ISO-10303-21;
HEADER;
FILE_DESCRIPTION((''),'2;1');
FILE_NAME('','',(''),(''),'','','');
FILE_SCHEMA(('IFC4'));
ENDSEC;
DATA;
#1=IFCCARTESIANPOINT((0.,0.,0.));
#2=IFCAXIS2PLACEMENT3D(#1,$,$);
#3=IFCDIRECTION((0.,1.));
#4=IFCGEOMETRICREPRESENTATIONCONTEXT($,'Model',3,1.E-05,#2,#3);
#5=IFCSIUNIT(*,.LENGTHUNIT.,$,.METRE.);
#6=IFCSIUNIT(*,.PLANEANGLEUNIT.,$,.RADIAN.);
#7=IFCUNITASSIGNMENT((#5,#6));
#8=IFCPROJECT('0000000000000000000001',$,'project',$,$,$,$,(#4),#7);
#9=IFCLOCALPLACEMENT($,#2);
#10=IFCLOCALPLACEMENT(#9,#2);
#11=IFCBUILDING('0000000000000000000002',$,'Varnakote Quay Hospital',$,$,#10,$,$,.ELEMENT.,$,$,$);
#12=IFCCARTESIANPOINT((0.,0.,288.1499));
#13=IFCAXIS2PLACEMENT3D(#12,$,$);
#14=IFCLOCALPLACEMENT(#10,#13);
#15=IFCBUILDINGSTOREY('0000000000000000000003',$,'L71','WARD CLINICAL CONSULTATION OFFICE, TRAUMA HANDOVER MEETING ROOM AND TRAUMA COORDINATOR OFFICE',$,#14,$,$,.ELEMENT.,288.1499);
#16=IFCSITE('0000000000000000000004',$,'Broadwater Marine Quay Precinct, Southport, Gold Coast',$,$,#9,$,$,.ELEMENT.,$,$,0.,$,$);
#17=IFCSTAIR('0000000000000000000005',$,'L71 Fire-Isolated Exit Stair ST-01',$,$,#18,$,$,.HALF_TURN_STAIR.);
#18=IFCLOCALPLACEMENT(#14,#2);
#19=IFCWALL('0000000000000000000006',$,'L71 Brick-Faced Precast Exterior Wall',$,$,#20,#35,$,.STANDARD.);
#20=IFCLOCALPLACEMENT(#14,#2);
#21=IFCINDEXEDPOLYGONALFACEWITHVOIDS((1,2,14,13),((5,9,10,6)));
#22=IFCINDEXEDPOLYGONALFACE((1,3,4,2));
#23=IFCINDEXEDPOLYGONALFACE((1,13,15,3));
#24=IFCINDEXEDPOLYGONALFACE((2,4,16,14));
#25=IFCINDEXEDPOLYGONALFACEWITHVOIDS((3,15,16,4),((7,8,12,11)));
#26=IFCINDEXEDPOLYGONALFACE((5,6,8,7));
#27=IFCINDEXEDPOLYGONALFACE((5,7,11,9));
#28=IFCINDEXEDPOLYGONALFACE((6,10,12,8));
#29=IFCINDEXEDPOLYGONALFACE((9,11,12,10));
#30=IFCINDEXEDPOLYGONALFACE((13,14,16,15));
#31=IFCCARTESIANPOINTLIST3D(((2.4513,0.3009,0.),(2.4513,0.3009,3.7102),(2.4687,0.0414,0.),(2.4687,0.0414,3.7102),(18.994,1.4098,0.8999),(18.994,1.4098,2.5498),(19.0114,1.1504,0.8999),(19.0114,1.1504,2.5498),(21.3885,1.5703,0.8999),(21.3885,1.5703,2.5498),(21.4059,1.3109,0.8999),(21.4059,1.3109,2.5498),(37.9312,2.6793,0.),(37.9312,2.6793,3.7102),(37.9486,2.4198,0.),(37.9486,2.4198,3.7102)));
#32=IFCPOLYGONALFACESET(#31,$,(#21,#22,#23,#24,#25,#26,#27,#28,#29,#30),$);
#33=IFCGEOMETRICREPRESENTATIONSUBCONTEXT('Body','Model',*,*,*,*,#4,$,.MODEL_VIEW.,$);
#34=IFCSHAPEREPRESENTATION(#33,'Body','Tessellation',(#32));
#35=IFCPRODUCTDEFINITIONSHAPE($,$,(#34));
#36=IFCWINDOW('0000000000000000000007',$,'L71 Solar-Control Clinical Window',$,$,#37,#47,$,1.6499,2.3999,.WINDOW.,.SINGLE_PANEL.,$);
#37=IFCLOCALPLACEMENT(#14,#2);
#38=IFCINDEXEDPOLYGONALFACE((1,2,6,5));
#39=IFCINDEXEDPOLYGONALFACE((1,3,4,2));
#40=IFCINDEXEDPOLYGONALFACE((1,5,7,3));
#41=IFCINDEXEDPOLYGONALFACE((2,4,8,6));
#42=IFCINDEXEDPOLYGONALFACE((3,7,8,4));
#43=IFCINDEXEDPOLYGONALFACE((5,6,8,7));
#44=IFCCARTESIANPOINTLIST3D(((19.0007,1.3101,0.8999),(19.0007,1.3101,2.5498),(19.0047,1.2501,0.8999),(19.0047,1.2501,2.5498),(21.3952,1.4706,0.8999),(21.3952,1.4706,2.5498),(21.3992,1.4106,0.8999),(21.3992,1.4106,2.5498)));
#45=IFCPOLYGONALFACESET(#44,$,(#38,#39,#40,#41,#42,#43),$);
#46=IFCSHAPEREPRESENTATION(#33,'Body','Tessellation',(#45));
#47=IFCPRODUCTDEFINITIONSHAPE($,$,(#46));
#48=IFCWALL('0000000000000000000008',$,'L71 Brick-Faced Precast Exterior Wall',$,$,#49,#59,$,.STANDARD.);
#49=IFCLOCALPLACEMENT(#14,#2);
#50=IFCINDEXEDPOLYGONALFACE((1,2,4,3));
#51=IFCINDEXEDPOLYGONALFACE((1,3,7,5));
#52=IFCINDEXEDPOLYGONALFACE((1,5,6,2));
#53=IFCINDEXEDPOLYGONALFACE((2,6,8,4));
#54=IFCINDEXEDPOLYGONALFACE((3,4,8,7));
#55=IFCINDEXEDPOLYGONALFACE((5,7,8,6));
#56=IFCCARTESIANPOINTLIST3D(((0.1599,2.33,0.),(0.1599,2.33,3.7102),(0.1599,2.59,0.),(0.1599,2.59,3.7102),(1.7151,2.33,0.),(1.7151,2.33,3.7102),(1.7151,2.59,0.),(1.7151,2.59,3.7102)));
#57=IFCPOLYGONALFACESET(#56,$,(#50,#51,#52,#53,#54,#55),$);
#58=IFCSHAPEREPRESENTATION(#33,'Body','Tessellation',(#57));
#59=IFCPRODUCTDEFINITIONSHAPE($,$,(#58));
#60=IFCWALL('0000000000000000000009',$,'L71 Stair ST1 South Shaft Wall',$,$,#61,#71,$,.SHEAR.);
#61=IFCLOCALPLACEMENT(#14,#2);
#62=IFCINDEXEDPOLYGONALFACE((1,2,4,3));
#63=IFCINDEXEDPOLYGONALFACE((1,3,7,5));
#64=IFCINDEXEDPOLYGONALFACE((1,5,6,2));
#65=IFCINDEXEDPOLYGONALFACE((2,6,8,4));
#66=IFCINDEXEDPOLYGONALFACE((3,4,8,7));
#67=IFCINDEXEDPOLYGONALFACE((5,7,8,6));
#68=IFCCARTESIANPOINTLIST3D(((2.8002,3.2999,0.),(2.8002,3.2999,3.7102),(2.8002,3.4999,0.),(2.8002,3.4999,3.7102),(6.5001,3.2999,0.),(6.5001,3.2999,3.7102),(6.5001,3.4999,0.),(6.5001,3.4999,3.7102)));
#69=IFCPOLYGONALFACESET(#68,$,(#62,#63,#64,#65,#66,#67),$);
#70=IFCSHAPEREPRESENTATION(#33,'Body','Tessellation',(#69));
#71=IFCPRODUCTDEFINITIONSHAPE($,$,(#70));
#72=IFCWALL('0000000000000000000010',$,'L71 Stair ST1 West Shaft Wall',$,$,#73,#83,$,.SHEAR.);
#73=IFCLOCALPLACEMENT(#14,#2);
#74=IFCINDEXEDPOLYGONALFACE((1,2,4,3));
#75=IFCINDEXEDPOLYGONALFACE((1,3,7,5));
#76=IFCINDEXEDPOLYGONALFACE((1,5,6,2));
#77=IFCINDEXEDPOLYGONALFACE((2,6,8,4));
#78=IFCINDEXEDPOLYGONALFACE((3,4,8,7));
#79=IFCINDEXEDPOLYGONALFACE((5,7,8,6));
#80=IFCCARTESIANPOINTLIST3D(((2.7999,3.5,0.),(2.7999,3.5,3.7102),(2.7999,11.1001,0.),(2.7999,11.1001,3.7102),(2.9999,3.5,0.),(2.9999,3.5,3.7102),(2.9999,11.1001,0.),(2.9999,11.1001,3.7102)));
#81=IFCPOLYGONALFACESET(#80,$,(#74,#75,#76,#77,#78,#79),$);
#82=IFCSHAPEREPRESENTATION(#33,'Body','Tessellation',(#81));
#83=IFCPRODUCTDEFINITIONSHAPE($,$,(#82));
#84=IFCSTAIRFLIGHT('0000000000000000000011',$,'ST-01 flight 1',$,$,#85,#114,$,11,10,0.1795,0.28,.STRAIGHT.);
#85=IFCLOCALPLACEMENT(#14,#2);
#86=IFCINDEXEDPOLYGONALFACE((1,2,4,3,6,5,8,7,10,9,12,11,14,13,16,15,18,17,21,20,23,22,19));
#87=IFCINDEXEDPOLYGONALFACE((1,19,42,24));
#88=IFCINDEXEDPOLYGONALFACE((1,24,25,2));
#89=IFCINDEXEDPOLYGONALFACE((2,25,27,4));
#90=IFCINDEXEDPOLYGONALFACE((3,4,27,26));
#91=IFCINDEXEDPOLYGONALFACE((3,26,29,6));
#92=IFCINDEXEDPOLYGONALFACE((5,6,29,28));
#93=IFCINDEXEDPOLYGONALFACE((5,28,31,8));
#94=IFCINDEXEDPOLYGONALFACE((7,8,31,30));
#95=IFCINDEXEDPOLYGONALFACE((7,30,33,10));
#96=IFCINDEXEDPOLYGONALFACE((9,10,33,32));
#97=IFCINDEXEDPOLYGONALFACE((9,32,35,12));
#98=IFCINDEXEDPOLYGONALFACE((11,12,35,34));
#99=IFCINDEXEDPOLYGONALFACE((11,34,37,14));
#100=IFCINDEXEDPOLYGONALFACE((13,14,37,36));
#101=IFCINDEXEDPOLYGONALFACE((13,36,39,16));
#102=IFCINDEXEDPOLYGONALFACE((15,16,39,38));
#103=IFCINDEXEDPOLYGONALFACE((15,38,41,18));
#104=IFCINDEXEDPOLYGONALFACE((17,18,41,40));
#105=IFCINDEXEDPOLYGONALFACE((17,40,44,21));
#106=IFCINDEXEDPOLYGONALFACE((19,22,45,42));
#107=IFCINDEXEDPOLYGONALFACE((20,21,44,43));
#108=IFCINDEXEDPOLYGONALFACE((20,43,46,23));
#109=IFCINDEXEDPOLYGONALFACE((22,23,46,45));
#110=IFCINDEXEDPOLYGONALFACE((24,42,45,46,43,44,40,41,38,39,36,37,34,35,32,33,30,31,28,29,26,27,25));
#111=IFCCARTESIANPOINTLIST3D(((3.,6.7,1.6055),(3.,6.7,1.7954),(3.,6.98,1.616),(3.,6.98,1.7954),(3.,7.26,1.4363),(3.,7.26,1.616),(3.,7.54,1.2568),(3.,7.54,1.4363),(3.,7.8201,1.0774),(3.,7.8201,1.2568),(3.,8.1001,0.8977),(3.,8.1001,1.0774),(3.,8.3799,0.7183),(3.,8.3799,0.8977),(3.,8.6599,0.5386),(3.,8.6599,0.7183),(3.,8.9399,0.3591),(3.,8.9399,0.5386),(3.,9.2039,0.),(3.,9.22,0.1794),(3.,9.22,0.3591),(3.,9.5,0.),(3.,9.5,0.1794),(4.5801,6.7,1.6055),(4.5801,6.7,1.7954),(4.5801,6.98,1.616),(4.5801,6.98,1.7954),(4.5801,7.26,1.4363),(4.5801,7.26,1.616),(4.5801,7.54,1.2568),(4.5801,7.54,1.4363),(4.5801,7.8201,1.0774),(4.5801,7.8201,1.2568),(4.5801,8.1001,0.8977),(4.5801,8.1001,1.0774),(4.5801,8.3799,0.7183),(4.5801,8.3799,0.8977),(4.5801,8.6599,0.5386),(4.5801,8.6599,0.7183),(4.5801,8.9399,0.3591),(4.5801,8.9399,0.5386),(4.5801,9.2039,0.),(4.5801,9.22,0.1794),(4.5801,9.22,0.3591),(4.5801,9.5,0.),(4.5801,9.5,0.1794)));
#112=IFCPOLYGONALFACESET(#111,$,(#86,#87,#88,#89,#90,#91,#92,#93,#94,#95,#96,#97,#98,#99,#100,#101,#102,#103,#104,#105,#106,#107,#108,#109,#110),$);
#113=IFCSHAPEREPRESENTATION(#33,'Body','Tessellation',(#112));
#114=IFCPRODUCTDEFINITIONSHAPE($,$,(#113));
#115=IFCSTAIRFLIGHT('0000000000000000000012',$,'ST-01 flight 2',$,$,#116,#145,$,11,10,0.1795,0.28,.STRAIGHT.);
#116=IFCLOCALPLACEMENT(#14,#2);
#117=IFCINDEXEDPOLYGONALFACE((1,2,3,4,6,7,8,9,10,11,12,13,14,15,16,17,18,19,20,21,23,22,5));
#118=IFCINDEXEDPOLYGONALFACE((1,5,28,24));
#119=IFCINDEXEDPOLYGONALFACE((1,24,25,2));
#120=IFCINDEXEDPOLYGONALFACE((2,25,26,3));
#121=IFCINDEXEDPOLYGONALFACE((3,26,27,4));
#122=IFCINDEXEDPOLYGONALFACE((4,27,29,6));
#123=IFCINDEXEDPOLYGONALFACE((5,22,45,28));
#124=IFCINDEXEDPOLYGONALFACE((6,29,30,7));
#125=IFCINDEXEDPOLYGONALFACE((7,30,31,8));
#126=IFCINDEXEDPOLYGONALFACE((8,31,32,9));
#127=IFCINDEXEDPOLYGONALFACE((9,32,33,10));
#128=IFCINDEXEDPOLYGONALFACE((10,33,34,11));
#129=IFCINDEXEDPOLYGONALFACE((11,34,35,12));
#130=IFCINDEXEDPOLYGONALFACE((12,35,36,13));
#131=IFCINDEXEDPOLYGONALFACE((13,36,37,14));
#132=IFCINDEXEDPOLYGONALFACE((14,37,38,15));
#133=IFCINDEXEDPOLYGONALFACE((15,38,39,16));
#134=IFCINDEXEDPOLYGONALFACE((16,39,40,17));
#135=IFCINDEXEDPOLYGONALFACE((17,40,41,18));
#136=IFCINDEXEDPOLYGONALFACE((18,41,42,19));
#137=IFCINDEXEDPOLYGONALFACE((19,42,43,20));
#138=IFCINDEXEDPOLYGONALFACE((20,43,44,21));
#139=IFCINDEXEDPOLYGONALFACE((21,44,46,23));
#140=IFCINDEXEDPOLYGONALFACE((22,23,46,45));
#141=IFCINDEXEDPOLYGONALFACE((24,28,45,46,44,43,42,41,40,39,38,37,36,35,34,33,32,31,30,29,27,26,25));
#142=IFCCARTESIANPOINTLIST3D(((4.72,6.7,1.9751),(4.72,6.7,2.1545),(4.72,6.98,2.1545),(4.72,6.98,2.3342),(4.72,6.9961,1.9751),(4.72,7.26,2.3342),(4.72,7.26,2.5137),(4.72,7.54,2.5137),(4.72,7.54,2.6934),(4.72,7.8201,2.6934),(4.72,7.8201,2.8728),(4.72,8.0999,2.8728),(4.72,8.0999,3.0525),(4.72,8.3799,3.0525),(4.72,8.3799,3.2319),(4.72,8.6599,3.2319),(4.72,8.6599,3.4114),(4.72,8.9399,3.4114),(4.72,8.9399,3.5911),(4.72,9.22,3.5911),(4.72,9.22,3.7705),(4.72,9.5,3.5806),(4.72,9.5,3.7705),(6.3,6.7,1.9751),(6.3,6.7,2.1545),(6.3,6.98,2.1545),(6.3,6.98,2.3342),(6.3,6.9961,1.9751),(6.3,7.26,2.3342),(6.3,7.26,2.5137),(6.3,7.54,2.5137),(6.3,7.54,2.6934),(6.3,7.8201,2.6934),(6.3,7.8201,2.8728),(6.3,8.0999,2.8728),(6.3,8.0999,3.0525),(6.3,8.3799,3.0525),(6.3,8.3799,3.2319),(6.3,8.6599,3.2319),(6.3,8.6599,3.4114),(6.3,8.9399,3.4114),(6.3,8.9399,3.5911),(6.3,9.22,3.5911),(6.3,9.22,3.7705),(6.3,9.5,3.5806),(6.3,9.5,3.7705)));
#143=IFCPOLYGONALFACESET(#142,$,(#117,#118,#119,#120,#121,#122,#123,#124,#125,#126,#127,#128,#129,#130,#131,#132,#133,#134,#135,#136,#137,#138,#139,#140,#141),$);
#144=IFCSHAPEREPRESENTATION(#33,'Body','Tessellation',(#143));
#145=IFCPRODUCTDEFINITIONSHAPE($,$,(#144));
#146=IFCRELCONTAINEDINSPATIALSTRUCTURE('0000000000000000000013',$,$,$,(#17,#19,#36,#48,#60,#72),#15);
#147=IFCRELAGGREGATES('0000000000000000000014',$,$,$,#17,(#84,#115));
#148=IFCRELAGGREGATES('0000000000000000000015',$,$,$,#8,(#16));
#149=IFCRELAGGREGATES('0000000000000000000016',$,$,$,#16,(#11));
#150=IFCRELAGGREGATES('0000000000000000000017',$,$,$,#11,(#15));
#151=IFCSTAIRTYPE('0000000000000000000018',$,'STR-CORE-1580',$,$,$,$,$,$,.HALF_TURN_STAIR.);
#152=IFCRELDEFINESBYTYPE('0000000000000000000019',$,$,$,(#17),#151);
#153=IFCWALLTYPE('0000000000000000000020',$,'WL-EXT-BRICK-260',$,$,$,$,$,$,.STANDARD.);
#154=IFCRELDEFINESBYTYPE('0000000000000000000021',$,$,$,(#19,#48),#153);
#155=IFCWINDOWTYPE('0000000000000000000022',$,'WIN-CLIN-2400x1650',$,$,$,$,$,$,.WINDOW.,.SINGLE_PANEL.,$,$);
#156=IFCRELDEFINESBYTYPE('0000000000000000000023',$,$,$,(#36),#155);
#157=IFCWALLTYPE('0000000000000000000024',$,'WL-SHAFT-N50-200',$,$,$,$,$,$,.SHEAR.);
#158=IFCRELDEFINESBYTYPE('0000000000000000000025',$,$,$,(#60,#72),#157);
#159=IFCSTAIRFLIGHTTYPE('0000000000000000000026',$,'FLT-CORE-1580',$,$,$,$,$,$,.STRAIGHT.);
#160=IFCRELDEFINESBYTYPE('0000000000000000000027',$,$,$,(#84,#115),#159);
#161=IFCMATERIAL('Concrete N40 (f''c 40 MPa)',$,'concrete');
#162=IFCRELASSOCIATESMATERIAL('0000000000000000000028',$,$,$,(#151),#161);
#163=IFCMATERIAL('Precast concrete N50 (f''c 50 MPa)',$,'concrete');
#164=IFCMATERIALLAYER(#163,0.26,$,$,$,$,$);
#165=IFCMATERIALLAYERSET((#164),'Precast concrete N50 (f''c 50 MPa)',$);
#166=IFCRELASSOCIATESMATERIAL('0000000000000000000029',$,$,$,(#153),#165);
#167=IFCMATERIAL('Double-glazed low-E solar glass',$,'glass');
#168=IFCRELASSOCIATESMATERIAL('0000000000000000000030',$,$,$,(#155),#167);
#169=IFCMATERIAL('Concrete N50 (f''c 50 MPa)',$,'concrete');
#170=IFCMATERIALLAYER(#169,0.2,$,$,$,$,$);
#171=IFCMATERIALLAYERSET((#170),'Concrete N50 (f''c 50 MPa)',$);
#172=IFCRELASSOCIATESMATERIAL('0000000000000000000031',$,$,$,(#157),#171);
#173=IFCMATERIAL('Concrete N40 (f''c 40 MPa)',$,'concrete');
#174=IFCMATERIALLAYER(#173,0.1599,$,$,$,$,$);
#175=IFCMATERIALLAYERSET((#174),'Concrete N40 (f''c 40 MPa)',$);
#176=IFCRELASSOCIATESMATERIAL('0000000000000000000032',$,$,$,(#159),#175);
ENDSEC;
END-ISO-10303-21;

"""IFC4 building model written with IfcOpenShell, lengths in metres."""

from ifc_helpers import new_model, si_unit, direction, frame, frame_2d, origin, place, context, subcontext, project, spatial, polyline, rectangle, outline, extrude, material, layer, layer_set, type_object, element, fill, aggregate, save


model = new_model("IFC4")

# Units and contexts
model_context = context("Model", 3, precision=1e-05, world=origin(), true_north=direction((0.0, 1.0)))
body_context = subcontext(model_context, "Body", "Model", "MODEL_VIEW")
ifc_project = project(units=[si_unit("LENGTHUNIT", "METRE"), si_unit("PLANEANGLEUNIT", "RADIAN")], contexts=[model_context])

# Site, building, storey
site_placement = place(None, origin())
site = spatial("IfcSite", under=ifc_project, at=site_placement, Name="Broadwater Marine Quay Precinct, Southport, Gold Coast", CompositionType="ELEMENT", RefElevation=0.0)
building_placement = place(site_placement, origin())
building = spatial("IfcBuilding", under=site, at=building_placement, Name="Varnakote Quay Hospital", CompositionType="ELEMENT")
storey_placement = place(building_placement, frame((0.0, 0.0, 288.1499)))
storey = spatial("IfcBuildingStorey", under=building, at=storey_placement, Name="L71", Description="WARD CLINICAL CONSULTATION OFFICE, TRAUMA HANDOVER MEETING ROOM AND TRAUMA COORDINATOR OFFICE", CompositionType="ELEMENT", Elevation=288.1499)

# Stair
ifc_material_1 = material(Name="Concrete N40 (f'c 40 MPa)", Category="concrete")
stair_type = type_object("IfcStairType", Name="STR-CORE-1580", PredefinedType="HALF_TURN_STAIR", material=ifc_material_1)
stair_1_placement = place(storey_placement, origin())
stair_1 = element("IfcStair", 1, at=stair_1_placement, inside=storey, type_object=stair_type, Name="L71 Fire-Isolated Exit Stair ST-01", PredefinedType="HALF_TURN_STAIR")

# Shared definitions
ifc_material_2 = material(Name="Precast concrete N50 (f'c 50 MPa)", Category="concrete")
ifc_layer_1 = layer(ifc_material_2, 0.26)
ifc_layer_set_1 = layer_set([ifc_layer_1], Name="Precast concrete N50 (f'c 50 MPa)")
wall_type_1 = type_object("IfcWallType", Name="WL-EXT-BRICK-260", PredefinedType="STANDARD", material=ifc_layer_set_1)

# Wall, opening, window
wall_1_placement = place(storey_placement, frame((2.46, 0.1711, 0.0), z_axis=(0.0, 0.0, 1.0), x_axis=(0.997761, 0.066885, 0.0)))
wall_1 = element("IfcWall", 2, at=wall_1_placement, inside=storey, type_object=wall_type_1, Name="L71 Brick-Faced Precast Exterior Wall", PredefinedType="STANDARD", context=body_context, shape_type="SweptSolid", body=[
    extrude(rectangle(XDim=35.5596, YDim=0.26, at=frame_2d((17.7798, 0.0))), origin(), (0.0, 0.0, 1.0), 3.7102),
])
opening_1_placement = place(wall_1_placement, frame((16.5798, 0.0, 0.8999)))
opening_1 = element("IfcOpeningElement", 3, at=opening_1_placement, cuts=wall_1, PredefinedType="OPENING", context=body_context, shape_type="SweptSolid", body=[
    extrude(rectangle(XDim=2.3999, YDim=1.6499, at=frame_2d((1.2, 0.825))), frame((0.0, 0.1399, 0.0), z_axis=(0.0, -1.0, 0.0), x_axis=(1.0, 0.0, 0.0)), (0.0, 0.0, 1.0), 0.28),
])
ifc_material_3 = material(Name="Double-glazed low-E solar glass", Category="glass")
window_type = type_object("IfcWindowType", Name="WIN-CLIN-2400x1650", PartitioningType="SINGLE_PANEL", PredefinedType="WINDOW", material=ifc_material_3)
window_placement = place(opening_1_placement, origin())
window = element("IfcWindow", 4, at=window_placement, inside=storey, type_object=window_type, Name="L71 Solar-Control Clinical Window", OverallHeight=1.6499, OverallWidth=2.3999, PartitioningType="SINGLE_PANEL", PredefinedType="WINDOW", context=body_context, shape_type="SweptSolid", body=[
    extrude(rectangle(XDim=2.3999, YDim=1.6499, at=frame_2d((1.2, 0.825))), frame((0.0, 0.03, 0.0), z_axis=(0.0, -1.0, 0.0), x_axis=(1.0, 0.0, 0.0)), (0.0, 0.0, 1.0), 0.0601),
])
fill(opening_1, window)

# Walls
wall_2_placement = place(storey_placement, frame((0.1599, 2.46, 0.0), z_axis=(0.0, 0.0, 1.0), x_axis=(1.0, 0.0, 0.0)))
element("IfcWall", 5, at=wall_2_placement, inside=storey, type_object=wall_type_1, Name="L71 Brick-Faced Precast Exterior Wall", PredefinedType="STANDARD", context=body_context, shape_type="SweptSolid", body=[
    extrude(rectangle(XDim=1.5552, YDim=0.26, at=frame_2d((0.7776, 0.0))), origin(), (0.0, 0.0, 1.0), 3.7102),
])
ifc_material_4 = material(Name="Concrete N50 (f'c 50 MPa)", Category="concrete")
ifc_layer_2 = layer(ifc_material_4, 0.2)
ifc_layer_set_2 = layer_set([ifc_layer_2], Name="Concrete N50 (f'c 50 MPa)")
wall_type_2 = type_object("IfcWallType", Name="WL-SHAFT-N50-200", PredefinedType="SHEAR", material=ifc_layer_set_2)
wall_3_placement = place(storey_placement, frame((2.8, 3.3999, 0.0), z_axis=(0.0, 0.0, 1.0), x_axis=(1.0, 0.0, 0.0)))
element("IfcWall", 6, at=wall_3_placement, inside=storey, type_object=wall_type_2, Name="L71 Stair ST1 South Shaft Wall", PredefinedType="SHEAR", context=body_context, shape_type="SweptSolid", body=[
    extrude(rectangle(XDim=3.7, YDim=0.2, at=frame_2d((1.8501, 0.0))), origin(), (0.0, 0.0, 1.0), 3.7102),
])
wall_4_placement = place(storey_placement, frame((2.8999, 3.5, 0.0), z_axis=(0.0, 0.0, 1.0), x_axis=(0.0, 1.0, 0.0)))
element("IfcWall", 7, at=wall_4_placement, inside=storey, type_object=wall_type_2, Name="L71 Stair ST1 West Shaft Wall", PredefinedType="SHEAR", context=body_context, shape_type="SweptSolid", body=[
    extrude(rectangle(XDim=7.6001, YDim=0.2, at=frame_2d((3.8, 0.0))), origin(), (0.0, 0.0, 1.0), 3.7102),
])

# Stair flights
ifc_material_5 = material(Name="Concrete N40 (f'c 40 MPa)", Category="concrete")
ifc_layer_3 = layer(ifc_material_5, 0.1599)
ifc_layer_set_3 = layer_set([ifc_layer_3], Name="Concrete N40 (f'c 40 MPa)")
stair_flight_type = type_object("IfcStairFlightType", Name="FLT-CORE-1580", PredefinedType="STRAIGHT", material=ifc_layer_set_3)
stair_flight_1_placement = place(storey_placement, frame((3.79, 9.5, 0.0), z_axis=(0.0, 0.0, 1.0), x_axis=(0.0, -1.0, 0.0)))
stair_flight_1 = element("IfcStairFlight", 8, at=stair_flight_1_placement, type_object=stair_flight_type, Name="ST-01 flight 1", NumberOfRisers=11, NumberOfTreads=10, PredefinedType="STRAIGHT", RiserHeight=0.1795, TreadLength=0.28, context=body_context, shape_type="SweptSolid", body=[
    extrude(outline(polyline([(0.0, 0.0), (0.0, 0.1794), (0.28, 0.1794), (0.28, 0.3591), (0.5601, 0.3591), (0.5601, 0.5386), (0.8401, 0.5386), (0.8401, 0.7183), (1.1201, 0.7183), (1.1201, 0.8977), (1.3999, 0.8977), (1.3999, 1.0774), (1.6799, 1.0774), (1.6799, 1.2568), (1.96, 1.2568), (1.96, 1.4363), (2.24, 1.4363), (2.24, 1.616), (2.52, 1.616), (2.52, 1.7954), (2.8, 1.7954), (2.8, 1.9751), (2.8, 1.6055), (0.2961, 0.0), (0.0, 0.0)])), frame((0.0, 0.79, 0.0), z_axis=(0.0, -1.0, 0.0), x_axis=(1.0, 0.0, 0.0)), (0.0, 0.0, 1.0), 1.5801),
])
stair_flight_2_placement = place(storey_placement, frame((5.51, 6.7, 1.9751), z_axis=(0.0, 0.0, 1.0), x_axis=(0.0, 1.0, 0.0)))
stair_flight_2 = element("IfcStairFlight", 9, at=stair_flight_2_placement, type_object=stair_flight_type, Name="ST-01 flight 2", NumberOfRisers=11, NumberOfTreads=10, PredefinedType="STRAIGHT", RiserHeight=0.1795, TreadLength=0.28, context=body_context, shape_type="SweptSolid", body=[
    extrude(outline(polyline([(0.0, 0.0), (0.0, 0.1794), (0.28, 0.1794), (0.28, 0.3591), (0.5601, 0.3591), (0.5601, 0.5386), (0.8401, 0.5386), (0.8401, 0.7183), (1.1201, 0.7183), (1.1201, 0.8977), (1.3999, 0.8977), (1.3999, 1.0774), (1.6799, 1.0774), (1.6799, 1.2568), (1.96, 1.2568), (1.96, 1.4363), (2.24, 1.4363), (2.24, 1.616), (2.52, 1.616), (2.52, 1.7954), (2.8, 1.7954), (2.8, 1.9751), (2.8, 1.6055), (0.2961, 0.0), (0.0, 0.0)])), frame((0.0, 0.79, 0.0), z_axis=(0.0, -1.0, 0.0), x_axis=(1.0, 0.0, 0.0)), (0.0, 0.0, 1.0), 1.5801),
])
aggregate(stair_1, [stair_flight_1, stair_flight_2])

save(model, "model.ifc")
